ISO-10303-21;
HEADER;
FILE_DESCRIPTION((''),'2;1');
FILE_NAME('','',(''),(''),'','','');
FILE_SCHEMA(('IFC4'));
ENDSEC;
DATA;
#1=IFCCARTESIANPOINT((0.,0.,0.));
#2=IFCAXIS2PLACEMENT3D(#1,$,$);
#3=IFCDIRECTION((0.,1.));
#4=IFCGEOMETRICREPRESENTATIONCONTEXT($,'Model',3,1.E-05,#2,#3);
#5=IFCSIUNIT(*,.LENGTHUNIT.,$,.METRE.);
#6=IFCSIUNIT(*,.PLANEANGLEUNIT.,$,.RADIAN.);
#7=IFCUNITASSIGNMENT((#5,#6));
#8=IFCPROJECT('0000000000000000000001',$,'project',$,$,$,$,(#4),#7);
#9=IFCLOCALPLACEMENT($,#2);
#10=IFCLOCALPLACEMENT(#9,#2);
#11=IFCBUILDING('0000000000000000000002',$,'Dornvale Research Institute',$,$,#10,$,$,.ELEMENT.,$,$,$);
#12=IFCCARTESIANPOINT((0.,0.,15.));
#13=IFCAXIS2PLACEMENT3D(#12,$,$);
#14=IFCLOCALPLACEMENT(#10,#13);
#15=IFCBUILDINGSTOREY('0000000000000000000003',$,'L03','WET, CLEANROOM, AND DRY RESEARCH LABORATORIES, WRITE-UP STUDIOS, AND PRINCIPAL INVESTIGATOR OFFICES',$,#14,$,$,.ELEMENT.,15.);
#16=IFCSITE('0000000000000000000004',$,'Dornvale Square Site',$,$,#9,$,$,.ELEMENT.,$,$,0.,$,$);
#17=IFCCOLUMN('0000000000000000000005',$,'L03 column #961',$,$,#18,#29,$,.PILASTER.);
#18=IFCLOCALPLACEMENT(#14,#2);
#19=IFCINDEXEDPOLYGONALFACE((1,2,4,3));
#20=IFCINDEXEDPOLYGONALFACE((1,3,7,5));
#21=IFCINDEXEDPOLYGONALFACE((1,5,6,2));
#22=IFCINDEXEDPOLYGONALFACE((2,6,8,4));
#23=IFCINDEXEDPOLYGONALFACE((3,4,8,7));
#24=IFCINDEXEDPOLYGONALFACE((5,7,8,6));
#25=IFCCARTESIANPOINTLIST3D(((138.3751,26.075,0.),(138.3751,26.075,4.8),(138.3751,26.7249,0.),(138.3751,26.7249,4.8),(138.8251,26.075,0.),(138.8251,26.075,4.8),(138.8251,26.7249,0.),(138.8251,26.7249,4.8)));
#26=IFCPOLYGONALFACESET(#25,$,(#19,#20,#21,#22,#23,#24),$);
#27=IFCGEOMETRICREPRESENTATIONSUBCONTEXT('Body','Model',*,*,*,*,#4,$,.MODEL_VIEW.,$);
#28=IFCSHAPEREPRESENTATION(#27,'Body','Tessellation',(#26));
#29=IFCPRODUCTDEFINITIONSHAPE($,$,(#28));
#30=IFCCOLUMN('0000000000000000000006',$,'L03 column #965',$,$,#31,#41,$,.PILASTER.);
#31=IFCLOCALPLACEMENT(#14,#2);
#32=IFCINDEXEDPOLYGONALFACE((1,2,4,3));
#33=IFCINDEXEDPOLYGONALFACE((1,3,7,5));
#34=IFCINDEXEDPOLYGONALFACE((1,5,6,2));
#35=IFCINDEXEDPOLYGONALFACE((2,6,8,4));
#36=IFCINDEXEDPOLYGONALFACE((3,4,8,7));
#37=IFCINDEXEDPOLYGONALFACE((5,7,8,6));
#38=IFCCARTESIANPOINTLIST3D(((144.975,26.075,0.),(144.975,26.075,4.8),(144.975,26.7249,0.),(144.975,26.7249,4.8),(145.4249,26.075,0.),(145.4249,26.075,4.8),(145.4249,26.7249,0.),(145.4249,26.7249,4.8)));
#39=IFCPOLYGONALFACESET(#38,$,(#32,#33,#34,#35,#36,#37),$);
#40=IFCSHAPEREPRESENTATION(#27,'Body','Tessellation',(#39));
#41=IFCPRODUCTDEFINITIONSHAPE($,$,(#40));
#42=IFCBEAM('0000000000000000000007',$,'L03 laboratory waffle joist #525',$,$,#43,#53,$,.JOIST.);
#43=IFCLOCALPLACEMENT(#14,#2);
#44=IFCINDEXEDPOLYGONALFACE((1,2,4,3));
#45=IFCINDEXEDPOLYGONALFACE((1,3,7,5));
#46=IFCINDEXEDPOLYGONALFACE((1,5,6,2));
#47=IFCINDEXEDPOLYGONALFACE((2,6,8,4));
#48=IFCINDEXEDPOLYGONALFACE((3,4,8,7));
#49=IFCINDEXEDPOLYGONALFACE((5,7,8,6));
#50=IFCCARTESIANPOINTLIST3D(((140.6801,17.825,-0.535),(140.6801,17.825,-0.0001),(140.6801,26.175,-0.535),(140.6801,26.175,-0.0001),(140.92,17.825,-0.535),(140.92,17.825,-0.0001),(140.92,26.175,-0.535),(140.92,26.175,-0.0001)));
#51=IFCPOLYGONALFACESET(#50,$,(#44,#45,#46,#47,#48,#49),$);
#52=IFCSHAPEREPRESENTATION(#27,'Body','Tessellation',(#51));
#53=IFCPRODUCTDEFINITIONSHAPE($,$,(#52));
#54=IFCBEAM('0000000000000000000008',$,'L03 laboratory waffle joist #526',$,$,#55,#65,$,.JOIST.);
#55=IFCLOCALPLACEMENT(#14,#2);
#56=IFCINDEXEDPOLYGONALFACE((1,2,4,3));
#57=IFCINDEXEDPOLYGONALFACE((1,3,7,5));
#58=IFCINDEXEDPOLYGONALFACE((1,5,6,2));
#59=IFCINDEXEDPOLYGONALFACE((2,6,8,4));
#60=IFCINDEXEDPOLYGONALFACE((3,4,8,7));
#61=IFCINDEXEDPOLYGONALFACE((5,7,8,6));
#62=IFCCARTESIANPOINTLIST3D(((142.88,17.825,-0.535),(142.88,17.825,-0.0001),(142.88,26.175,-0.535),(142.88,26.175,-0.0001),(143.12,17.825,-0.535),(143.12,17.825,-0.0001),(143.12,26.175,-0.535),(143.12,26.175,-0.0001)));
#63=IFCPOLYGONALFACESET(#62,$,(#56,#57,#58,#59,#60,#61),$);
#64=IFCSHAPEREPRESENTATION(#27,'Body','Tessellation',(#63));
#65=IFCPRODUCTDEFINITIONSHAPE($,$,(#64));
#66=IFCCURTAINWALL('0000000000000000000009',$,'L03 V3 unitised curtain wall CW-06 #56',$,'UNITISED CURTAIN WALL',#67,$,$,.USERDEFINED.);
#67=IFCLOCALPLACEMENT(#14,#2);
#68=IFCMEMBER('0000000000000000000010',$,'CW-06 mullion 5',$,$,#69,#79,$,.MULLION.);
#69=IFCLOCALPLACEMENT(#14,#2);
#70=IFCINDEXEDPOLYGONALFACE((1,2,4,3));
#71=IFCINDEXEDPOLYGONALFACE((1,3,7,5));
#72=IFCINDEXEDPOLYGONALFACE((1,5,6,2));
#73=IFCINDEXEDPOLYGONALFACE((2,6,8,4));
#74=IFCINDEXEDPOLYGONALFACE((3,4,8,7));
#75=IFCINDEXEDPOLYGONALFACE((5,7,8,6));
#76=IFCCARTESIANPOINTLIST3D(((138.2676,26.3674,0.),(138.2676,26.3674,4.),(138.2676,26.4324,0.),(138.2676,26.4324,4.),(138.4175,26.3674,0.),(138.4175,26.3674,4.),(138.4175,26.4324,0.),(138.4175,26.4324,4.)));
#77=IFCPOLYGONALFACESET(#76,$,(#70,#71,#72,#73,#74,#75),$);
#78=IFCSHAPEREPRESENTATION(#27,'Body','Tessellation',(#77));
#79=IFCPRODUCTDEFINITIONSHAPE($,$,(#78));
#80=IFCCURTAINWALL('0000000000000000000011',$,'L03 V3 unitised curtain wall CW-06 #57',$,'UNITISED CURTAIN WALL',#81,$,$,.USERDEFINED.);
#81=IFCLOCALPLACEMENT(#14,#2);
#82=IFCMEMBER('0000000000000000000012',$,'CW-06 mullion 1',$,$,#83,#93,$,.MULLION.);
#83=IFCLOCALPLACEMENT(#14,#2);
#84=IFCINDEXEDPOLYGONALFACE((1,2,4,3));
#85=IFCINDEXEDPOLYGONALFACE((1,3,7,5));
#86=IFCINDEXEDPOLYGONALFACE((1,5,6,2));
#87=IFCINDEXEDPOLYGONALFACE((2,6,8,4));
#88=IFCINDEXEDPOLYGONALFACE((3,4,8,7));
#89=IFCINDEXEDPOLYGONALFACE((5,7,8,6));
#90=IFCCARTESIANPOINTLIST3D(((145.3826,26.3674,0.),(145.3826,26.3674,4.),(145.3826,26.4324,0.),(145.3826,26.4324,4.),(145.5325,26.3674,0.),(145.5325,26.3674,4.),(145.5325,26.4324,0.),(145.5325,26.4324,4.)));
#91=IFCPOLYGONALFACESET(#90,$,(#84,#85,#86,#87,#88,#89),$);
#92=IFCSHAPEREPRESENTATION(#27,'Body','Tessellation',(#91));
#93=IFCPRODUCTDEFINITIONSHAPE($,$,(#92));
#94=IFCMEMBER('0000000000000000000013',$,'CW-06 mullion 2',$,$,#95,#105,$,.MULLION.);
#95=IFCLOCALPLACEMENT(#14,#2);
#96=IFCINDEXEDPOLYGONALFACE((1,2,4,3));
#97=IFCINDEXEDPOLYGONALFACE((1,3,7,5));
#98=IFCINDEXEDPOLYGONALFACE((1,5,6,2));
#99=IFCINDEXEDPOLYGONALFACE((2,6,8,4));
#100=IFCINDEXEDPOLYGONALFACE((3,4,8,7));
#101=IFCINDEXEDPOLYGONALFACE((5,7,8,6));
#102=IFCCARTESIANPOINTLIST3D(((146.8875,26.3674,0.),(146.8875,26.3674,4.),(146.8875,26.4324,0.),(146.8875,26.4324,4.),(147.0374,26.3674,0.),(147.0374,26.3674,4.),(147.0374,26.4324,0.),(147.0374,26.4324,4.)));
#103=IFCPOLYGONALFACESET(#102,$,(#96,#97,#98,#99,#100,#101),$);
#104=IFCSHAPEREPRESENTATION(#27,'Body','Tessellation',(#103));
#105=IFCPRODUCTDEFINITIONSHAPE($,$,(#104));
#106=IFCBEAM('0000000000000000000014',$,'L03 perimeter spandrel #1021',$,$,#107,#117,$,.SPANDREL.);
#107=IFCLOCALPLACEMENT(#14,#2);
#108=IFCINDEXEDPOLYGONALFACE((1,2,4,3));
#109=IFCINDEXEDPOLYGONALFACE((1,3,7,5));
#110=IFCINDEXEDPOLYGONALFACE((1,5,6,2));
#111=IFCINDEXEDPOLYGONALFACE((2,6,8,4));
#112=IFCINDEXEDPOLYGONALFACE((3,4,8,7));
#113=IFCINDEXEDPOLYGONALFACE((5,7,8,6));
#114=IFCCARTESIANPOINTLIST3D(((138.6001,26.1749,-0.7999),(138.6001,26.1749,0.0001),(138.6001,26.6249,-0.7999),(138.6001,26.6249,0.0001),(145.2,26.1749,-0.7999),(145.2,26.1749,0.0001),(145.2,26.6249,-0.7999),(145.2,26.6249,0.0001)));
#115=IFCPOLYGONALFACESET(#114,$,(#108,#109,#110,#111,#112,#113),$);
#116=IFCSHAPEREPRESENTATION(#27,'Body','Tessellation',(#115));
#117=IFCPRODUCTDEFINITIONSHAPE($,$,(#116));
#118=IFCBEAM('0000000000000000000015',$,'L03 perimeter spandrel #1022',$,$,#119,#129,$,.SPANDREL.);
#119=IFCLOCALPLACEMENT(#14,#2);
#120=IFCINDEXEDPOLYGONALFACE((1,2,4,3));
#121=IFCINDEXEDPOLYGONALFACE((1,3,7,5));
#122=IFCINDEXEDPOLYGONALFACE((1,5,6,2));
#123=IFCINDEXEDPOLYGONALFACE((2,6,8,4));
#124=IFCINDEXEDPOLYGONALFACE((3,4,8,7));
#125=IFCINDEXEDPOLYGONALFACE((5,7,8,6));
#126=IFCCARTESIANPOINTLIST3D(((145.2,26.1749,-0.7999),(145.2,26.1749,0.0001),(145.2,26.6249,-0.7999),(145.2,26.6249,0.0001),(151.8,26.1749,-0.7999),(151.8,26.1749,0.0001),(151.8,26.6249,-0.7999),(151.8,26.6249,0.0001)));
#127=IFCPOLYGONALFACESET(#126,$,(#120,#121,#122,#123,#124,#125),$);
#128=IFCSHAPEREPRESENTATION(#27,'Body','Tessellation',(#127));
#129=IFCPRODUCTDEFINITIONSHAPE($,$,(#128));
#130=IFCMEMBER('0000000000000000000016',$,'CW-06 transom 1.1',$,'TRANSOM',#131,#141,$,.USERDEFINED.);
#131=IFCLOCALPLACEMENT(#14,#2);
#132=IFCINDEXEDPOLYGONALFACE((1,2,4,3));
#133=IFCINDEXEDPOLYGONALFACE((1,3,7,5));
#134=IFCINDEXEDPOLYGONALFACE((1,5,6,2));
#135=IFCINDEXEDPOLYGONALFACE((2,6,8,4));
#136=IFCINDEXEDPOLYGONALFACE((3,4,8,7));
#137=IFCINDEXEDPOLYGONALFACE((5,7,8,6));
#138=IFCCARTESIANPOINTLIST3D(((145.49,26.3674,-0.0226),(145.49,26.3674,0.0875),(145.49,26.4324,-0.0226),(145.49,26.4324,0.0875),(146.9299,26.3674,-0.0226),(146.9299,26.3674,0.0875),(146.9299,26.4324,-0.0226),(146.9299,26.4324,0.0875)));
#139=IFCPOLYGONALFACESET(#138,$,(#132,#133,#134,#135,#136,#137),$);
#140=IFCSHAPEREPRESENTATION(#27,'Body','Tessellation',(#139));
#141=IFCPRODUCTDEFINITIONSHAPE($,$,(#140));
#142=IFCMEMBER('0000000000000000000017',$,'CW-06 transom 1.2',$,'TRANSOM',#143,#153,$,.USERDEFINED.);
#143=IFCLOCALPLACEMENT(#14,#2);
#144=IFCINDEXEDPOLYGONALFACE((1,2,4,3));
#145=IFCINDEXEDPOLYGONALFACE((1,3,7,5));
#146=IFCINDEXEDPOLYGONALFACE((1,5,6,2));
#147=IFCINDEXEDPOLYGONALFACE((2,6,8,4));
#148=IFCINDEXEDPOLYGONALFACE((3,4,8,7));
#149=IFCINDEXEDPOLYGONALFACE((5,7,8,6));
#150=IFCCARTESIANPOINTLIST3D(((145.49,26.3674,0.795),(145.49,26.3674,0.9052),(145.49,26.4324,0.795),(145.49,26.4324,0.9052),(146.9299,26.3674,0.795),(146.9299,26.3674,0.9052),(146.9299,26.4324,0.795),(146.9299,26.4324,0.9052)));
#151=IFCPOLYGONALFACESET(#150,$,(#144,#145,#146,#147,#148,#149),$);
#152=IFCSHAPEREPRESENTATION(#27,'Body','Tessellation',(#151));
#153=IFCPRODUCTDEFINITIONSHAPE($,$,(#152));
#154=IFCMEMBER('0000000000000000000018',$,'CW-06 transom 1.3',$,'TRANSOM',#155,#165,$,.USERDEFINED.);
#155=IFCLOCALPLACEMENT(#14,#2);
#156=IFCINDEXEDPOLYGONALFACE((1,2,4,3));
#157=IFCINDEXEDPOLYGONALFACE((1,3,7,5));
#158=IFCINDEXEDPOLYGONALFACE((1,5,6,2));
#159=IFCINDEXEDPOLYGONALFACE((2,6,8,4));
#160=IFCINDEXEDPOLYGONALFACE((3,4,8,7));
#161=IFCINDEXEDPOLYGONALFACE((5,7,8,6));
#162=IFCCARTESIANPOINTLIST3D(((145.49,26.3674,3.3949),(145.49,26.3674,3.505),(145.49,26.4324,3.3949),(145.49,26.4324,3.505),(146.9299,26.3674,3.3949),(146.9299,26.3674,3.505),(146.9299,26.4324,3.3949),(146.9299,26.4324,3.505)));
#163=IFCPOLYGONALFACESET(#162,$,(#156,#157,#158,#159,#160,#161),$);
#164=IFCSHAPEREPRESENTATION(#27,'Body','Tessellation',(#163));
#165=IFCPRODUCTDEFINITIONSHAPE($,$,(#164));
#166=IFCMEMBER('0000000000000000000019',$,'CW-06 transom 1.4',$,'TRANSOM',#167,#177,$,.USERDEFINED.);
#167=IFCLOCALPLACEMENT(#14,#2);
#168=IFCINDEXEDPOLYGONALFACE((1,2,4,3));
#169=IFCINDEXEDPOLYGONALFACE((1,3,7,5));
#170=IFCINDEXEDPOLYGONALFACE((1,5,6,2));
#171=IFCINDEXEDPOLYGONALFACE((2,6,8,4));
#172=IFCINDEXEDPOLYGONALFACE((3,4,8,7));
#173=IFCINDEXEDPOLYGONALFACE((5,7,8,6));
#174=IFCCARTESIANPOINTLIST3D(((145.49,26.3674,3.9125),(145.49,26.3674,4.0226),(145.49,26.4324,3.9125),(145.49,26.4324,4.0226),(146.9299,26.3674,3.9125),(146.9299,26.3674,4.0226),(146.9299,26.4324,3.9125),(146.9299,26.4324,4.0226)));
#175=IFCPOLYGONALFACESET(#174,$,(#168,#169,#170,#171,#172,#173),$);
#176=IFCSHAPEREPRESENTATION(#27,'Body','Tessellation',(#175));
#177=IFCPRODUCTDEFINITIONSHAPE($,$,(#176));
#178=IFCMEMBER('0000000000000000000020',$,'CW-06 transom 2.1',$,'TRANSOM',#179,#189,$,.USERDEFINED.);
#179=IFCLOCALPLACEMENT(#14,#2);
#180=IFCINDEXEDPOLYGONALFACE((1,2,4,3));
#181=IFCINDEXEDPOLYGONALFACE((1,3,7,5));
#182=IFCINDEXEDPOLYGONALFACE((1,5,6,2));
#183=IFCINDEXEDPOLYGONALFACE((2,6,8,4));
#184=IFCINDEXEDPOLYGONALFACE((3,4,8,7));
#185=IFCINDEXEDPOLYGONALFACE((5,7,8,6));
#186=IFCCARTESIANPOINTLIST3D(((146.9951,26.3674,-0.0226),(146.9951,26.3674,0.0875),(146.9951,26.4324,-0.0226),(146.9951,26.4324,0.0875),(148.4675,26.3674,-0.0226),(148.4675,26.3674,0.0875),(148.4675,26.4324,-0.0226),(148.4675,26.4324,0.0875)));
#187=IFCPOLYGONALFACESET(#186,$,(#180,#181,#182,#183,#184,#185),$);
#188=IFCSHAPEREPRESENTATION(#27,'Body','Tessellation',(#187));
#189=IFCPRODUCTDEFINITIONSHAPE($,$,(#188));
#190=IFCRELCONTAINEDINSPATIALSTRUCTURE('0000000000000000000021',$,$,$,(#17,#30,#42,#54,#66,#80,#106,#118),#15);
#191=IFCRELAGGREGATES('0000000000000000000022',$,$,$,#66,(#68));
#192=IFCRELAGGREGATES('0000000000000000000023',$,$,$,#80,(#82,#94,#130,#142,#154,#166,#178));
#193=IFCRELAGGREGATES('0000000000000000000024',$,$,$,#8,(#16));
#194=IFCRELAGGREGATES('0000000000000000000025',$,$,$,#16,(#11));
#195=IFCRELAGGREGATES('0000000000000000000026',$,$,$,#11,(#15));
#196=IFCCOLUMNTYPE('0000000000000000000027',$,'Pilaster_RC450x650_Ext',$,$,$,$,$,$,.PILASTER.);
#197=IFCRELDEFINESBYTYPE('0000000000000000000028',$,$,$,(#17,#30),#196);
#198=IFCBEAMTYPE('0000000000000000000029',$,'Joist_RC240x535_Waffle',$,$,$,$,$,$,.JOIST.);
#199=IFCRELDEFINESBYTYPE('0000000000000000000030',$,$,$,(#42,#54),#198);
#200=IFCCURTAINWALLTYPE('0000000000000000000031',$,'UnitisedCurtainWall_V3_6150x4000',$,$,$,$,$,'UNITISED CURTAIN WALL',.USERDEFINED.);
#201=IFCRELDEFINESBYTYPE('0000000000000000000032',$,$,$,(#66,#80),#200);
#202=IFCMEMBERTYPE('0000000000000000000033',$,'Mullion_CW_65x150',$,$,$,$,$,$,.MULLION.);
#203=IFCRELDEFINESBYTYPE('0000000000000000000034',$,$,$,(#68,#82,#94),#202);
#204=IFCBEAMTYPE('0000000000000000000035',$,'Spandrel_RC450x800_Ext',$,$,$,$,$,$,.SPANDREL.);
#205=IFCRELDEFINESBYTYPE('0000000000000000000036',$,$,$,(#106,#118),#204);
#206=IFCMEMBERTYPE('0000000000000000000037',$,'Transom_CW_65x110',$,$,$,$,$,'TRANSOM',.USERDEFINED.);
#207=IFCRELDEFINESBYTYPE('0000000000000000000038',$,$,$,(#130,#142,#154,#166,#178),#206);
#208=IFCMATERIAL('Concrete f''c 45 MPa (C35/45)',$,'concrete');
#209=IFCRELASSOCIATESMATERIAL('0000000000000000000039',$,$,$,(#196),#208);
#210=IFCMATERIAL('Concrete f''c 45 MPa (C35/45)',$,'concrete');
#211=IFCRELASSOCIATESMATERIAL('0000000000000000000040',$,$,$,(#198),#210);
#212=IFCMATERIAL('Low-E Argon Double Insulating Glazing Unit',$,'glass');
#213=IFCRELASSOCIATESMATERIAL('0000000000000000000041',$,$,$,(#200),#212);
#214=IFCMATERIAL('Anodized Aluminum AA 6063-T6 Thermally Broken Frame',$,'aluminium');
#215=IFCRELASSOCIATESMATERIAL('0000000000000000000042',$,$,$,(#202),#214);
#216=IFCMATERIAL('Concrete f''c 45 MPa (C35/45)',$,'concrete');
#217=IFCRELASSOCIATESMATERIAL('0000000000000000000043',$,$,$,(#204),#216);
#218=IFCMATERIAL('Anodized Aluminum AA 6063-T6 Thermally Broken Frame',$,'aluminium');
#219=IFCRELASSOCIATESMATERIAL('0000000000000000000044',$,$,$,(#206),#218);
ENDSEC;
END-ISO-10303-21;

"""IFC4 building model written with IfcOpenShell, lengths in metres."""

from ifc_helpers import new_model, si_unit, direction, frame, origin, origin_2d, place, context, subcontext, project, spatial, rectangle, extrude, material, material_profile, profile_set, type_object, element, aggregate, save


model = new_model("IFC4")

# Units and contexts
model_context = context("Model", 3, precision=1e-05, world=origin(), true_north=direction((0.0, 1.0)))
body_context = subcontext(model_context, "Body", "Model", "MODEL_VIEW")
ifc_project = project(units=[si_unit("LENGTHUNIT", "METRE"), si_unit("PLANEANGLEUNIT", "RADIAN")], contexts=[model_context])

# Site, building, storey
site_placement = place(None, origin())
site = spatial("IfcSite", under=ifc_project, at=site_placement, Name="Dornvale Square Site", CompositionType="ELEMENT", RefElevation=0.0)
building_placement = place(site_placement, origin())
building = spatial("IfcBuilding", under=site, at=building_placement, Name="Dornvale Research Institute", CompositionType="ELEMENT")
storey_placement = place(building_placement, frame((0.0, 0.0, 15.0)))
storey = spatial("IfcBuildingStorey", under=building, at=storey_placement, Name="L03", Description="WET, CLEANROOM, AND DRY RESEARCH LABORATORIES, WRITE-UP STUDIOS, AND PRINCIPAL INVESTIGATOR OFFICES", CompositionType="ELEMENT", Elevation=15.0)

# Columns
ifc_material_1 = material(Name="Concrete f'c 45 MPa (C35/45)", Category="concrete")
ifc_material_profile_1 = material_profile(ifc_material_1, rectangle(XDim=0.45, YDim=0.6499, at=origin_2d()), Name="RC 450x650")
ifc_profile_set_1 = profile_set([ifc_material_profile_1], Name="Concrete f'c 45 MPa (C35/45)")
column_type = type_object("IfcColumnType", Name="Pilaster_RC450x650_Ext", PredefinedType="PILASTER", material=ifc_profile_set_1)
for number, where, z_axis, x_axis, name in (
    (1, (138.6001, 26.3999, 0.0), (0.0, 0.0, 1.0), (1.0, 0.0, 0.0), "L03 column #961"),
    (2, (145.2, 26.3999, 0.0), (0.0, 0.0, 1.0), (1.0, 0.0, 0.0), "L03 column #965"),
):
    element("IfcColumn", number, at=place(storey_placement, frame(where, z_axis=z_axis, x_axis=x_axis)), inside=storey, type_object=column_type, Name=name, PredefinedType="PILASTER", context=body_context, shape_type="SweptSolid", body=[
        extrude(rectangle(XDim=0.45, YDim=0.6499, at=origin_2d()), origin(), (0.0, 0.0, 1.0), 4.8),
    ])

# Beams
ifc_material_2 = material(Name="Concrete f'c 45 MPa (C35/45)", Category="concrete")
ifc_material_profile_2 = material_profile(ifc_material_2, rectangle(XDim=0.24, YDim=0.5349, at=origin_2d()), Name="RC 240x535")
ifc_profile_set_2 = profile_set([ifc_material_profile_2], Name="Concrete f'c 45 MPa (C35/45)")
beam_type_1 = type_object("IfcBeamType", Name="Joist_RC240x535_Waffle", PredefinedType="JOIST", material=ifc_profile_set_2)
for number, where, z_axis, x_axis, name in (
    (3, (140.8, 17.825, -0.2676), (0.0, 1.0, 0.0), (-1.0, 0.0, 0.0), "L03 laboratory waffle joist #525"),
    (4, (143.0, 17.825, -0.2676), (0.0, 1.0, 0.0), (-1.0, 0.0, 0.0), "L03 laboratory waffle joist #526"),
):
    element("IfcBeam", number, at=place(storey_placement, frame(where, z_axis=z_axis, x_axis=x_axis)), inside=storey, type_object=beam_type_1, Name=name, PredefinedType="JOIST", context=body_context, shape_type="SweptSolid", body=[
        extrude(rectangle(XDim=0.24, YDim=0.5349, at=origin_2d()), origin(), (0.0, 0.0, 1.0), 8.3501),
    ])

# Curtain wall, member
ifc_material_3 = material(Name="Low-E Argon Double Insulating Glazing Unit", Category="glass")
curtain_wall_type = type_object("IfcCurtainWallType", Name="UnitisedCurtainWall_V3_6150x4000", ElementType="UNITISED CURTAIN WALL", PredefinedType="USERDEFINED", material=ifc_material_3)
curtain_wall_1_placement = place(storey_placement, origin())
curtain_wall_1 = element("IfcCurtainWall", 5, at=curtain_wall_1_placement, inside=storey, type_object=curtain_wall_type, Name="L03 V3 unitised curtain wall CW-06 #56", ObjectType="UNITISED CURTAIN WALL", PredefinedType="USERDEFINED")
ifc_material_4 = material(Name="Anodized Aluminum AA 6063-T6 Thermally Broken Frame", Category="aluminium")
ifc_material_profile_3 = material_profile(ifc_material_4, rectangle(XDim=0.0649, YDim=0.1499, at=origin_2d()), Name="ALU MULLION 65x150")
ifc_profile_set_3 = profile_set([ifc_material_profile_3], Name="Anodized Aluminum AA 6063-T6 Thermally Broken Frame")
member_type_1 = type_object("IfcMemberType", Name="Mullion_CW_65x150", PredefinedType="MULLION", material=ifc_profile_set_3)
member_1_placement = place(storey_placement, frame((138.3425, 26.3999, 0.0), z_axis=(0.0, 0.0, 1.0), x_axis=(0.0, 1.0, 0.0)))
member_1 = element("IfcMember", 6, at=member_1_placement, type_object=member_type_1, Name="CW-06 mullion 5", PredefinedType="MULLION", context=body_context, shape_type="SweptSolid", body=[
    extrude(rectangle(XDim=0.0649, YDim=0.1499, at=origin_2d()), origin(), (0.0, 0.0, 1.0), 4.0),
])
aggregate(curtain_wall_1, [member_1])

# Curtain wall, members
curtain_wall_2_placement = place(storey_placement, origin())
curtain_wall_2 = element("IfcCurtainWall", 7, at=curtain_wall_2_placement, inside=storey, type_object=curtain_wall_type, Name="L03 V3 unitised curtain wall CW-06 #57", ObjectType="UNITISED CURTAIN WALL", PredefinedType="USERDEFINED")
member_2_placement = place(storey_placement, frame((145.4575, 26.3999, 0.0), z_axis=(0.0, 0.0, 1.0), x_axis=(0.0, 1.0, 0.0)))
member_2 = element("IfcMember", 8, at=member_2_placement, type_object=member_type_1, Name="CW-06 mullion 1", PredefinedType="MULLION", context=body_context, shape_type="SweptSolid", body=[
    extrude(rectangle(XDim=0.0649, YDim=0.1499, at=origin_2d()), origin(), (0.0, 0.0, 1.0), 4.0),
])
member_3_placement = place(storey_placement, frame((146.9624, 26.3999, 0.0), z_axis=(0.0, 0.0, 1.0), x_axis=(0.0, 1.0, 0.0)))
member_3 = element("IfcMember", 9, at=member_3_placement, type_object=member_type_1, Name="CW-06 mullion 2", PredefinedType="MULLION", context=body_context, shape_type="SweptSolid", body=[
    extrude(rectangle(XDim=0.0649, YDim=0.1499, at=origin_2d()), origin(), (0.0, 0.0, 1.0), 4.0),
])

# Beams
ifc_material_5 = material(Name="Concrete f'c 45 MPa (C35/45)", Category="concrete")
ifc_material_profile_4 = material_profile(ifc_material_5, rectangle(XDim=0.45, YDim=0.8, at=origin_2d()), Name="RC 450x800")
ifc_profile_set_4 = profile_set([ifc_material_profile_4], Name="Concrete f'c 45 MPa (C35/45)")
beam_type_2 = type_object("IfcBeamType", Name="Spandrel_RC450x800_Ext", PredefinedType="SPANDREL", material=ifc_profile_set_4)
beam_1_placement = place(storey_placement, frame((138.6001, 26.3999, -0.3999), z_axis=(1.0, 0.0, 0.0), x_axis=(0.0, 1.0, 0.0)))
element("IfcBeam", 10, at=beam_1_placement, inside=storey, type_object=beam_type_2, Name="L03 perimeter spandrel #1021", PredefinedType="SPANDREL", context=body_context, shape_type="SweptSolid", body=[
    extrude(rectangle(XDim=0.45, YDim=0.8, at=origin_2d()), origin(), (0.0, 0.0, 1.0), 6.5999),
])
beam_2_placement = place(storey_placement, frame((145.2, 26.3999, -0.3999), z_axis=(1.0, 0.0, 0.0), x_axis=(0.0, 1.0, 0.0)))
element("IfcBeam", 11, at=beam_2_placement, inside=storey, type_object=beam_type_2, Name="L03 perimeter spandrel #1022", PredefinedType="SPANDREL", context=body_context, shape_type="SweptSolid", body=[
    extrude(rectangle(XDim=0.45, YDim=0.8, at=origin_2d()), origin(), (0.0, 0.0, 1.0), 6.6001),
])

# Members
ifc_material_6 = material(Name="Anodized Aluminum AA 6063-T6 Thermally Broken Frame", Category="aluminium")
ifc_material_profile_5 = material_profile(ifc_material_6, rectangle(XDim=0.0649, YDim=0.1101, at=origin_2d()), Name="ALU TRANSOM 65x110")
ifc_profile_set_5 = profile_set([ifc_material_profile_5], Name="Anodized Aluminum AA 6063-T6 Thermally Broken Frame")
member_type_2 = type_object("IfcMemberType", Name="Transom_CW_65x110", ElementType="TRANSOM", PredefinedType="USERDEFINED", material=ifc_profile_set_5)
member_4_placement = place(storey_placement, frame((145.49, 26.3999, 0.0325), z_axis=(1.0, 0.0, 0.0), x_axis=(0.0, 1.0, 0.0)))
member_4 = element("IfcMember", 12, at=member_4_placement, type_object=member_type_2, Name="CW-06 transom 1.1", ObjectType="TRANSOM", PredefinedType="USERDEFINED", context=body_context, shape_type="SweptSolid", body=[
    extrude(rectangle(XDim=0.0649, YDim=0.1101, at=origin_2d()), origin(), (0.0, 0.0, 1.0), 1.4399),
])
member_5_placement = place(storey_placement, frame((145.49, 26.3999, 0.8501), z_axis=(1.0, 0.0, 0.0), x_axis=(0.0, 1.0, 0.0)))
member_5 = element("IfcMember", 13, at=member_5_placement, type_object=member_type_2, Name="CW-06 transom 1.2", ObjectType="TRANSOM", PredefinedType="USERDEFINED", context=body_context, shape_type="SweptSolid", body=[
    extrude(rectangle(XDim=0.0649, YDim=0.1101, at=origin_2d()), origin(), (0.0, 0.0, 1.0), 1.4399),
])
member_6_placement = place(storey_placement, frame((145.49, 26.3999, 3.45), z_axis=(1.0, 0.0, 0.0), x_axis=(0.0, 1.0, 0.0)))
member_6 = element("IfcMember", 14, at=member_6_placement, type_object=member_type_2, Name="CW-06 transom 1.3", ObjectType="TRANSOM", PredefinedType="USERDEFINED", context=body_context, shape_type="SweptSolid", body=[
    extrude(rectangle(XDim=0.0649, YDim=0.1101, at=origin_2d()), origin(), (0.0, 0.0, 1.0), 1.4399),
])
member_7_placement = place(storey_placement, frame((145.49, 26.3999, 3.9675), z_axis=(1.0, 0.0, 0.0), x_axis=(0.0, 1.0, 0.0)))
member_7 = element("IfcMember", 15, at=member_7_placement, type_object=member_type_2, Name="CW-06 transom 1.4", ObjectType="TRANSOM", PredefinedType="USERDEFINED", context=body_context, shape_type="SweptSolid", body=[
    extrude(rectangle(XDim=0.0649, YDim=0.1101, at=origin_2d()), origin(), (0.0, 0.0, 1.0), 1.4399),
])
member_8_placement = place(storey_placement, frame((146.9951, 26.3999, 0.0325), z_axis=(1.0, 0.0, 0.0), x_axis=(0.0, 1.0, 0.0)))
member_8 = element("IfcMember", 16, at=member_8_placement, type_object=member_type_2, Name="CW-06 transom 2.1", ObjectType="TRANSOM", PredefinedType="USERDEFINED", context=body_context, shape_type="SweptSolid", body=[
    extrude(rectangle(XDim=0.0649, YDim=0.1101, at=origin_2d()), origin(), (0.0, 0.0, 1.0), 1.4724),
])

aggregate(curtain_wall_2, [member_2, member_3, member_4, member_5, member_6, member_7, member_8])

save(model, "model.ifc")
